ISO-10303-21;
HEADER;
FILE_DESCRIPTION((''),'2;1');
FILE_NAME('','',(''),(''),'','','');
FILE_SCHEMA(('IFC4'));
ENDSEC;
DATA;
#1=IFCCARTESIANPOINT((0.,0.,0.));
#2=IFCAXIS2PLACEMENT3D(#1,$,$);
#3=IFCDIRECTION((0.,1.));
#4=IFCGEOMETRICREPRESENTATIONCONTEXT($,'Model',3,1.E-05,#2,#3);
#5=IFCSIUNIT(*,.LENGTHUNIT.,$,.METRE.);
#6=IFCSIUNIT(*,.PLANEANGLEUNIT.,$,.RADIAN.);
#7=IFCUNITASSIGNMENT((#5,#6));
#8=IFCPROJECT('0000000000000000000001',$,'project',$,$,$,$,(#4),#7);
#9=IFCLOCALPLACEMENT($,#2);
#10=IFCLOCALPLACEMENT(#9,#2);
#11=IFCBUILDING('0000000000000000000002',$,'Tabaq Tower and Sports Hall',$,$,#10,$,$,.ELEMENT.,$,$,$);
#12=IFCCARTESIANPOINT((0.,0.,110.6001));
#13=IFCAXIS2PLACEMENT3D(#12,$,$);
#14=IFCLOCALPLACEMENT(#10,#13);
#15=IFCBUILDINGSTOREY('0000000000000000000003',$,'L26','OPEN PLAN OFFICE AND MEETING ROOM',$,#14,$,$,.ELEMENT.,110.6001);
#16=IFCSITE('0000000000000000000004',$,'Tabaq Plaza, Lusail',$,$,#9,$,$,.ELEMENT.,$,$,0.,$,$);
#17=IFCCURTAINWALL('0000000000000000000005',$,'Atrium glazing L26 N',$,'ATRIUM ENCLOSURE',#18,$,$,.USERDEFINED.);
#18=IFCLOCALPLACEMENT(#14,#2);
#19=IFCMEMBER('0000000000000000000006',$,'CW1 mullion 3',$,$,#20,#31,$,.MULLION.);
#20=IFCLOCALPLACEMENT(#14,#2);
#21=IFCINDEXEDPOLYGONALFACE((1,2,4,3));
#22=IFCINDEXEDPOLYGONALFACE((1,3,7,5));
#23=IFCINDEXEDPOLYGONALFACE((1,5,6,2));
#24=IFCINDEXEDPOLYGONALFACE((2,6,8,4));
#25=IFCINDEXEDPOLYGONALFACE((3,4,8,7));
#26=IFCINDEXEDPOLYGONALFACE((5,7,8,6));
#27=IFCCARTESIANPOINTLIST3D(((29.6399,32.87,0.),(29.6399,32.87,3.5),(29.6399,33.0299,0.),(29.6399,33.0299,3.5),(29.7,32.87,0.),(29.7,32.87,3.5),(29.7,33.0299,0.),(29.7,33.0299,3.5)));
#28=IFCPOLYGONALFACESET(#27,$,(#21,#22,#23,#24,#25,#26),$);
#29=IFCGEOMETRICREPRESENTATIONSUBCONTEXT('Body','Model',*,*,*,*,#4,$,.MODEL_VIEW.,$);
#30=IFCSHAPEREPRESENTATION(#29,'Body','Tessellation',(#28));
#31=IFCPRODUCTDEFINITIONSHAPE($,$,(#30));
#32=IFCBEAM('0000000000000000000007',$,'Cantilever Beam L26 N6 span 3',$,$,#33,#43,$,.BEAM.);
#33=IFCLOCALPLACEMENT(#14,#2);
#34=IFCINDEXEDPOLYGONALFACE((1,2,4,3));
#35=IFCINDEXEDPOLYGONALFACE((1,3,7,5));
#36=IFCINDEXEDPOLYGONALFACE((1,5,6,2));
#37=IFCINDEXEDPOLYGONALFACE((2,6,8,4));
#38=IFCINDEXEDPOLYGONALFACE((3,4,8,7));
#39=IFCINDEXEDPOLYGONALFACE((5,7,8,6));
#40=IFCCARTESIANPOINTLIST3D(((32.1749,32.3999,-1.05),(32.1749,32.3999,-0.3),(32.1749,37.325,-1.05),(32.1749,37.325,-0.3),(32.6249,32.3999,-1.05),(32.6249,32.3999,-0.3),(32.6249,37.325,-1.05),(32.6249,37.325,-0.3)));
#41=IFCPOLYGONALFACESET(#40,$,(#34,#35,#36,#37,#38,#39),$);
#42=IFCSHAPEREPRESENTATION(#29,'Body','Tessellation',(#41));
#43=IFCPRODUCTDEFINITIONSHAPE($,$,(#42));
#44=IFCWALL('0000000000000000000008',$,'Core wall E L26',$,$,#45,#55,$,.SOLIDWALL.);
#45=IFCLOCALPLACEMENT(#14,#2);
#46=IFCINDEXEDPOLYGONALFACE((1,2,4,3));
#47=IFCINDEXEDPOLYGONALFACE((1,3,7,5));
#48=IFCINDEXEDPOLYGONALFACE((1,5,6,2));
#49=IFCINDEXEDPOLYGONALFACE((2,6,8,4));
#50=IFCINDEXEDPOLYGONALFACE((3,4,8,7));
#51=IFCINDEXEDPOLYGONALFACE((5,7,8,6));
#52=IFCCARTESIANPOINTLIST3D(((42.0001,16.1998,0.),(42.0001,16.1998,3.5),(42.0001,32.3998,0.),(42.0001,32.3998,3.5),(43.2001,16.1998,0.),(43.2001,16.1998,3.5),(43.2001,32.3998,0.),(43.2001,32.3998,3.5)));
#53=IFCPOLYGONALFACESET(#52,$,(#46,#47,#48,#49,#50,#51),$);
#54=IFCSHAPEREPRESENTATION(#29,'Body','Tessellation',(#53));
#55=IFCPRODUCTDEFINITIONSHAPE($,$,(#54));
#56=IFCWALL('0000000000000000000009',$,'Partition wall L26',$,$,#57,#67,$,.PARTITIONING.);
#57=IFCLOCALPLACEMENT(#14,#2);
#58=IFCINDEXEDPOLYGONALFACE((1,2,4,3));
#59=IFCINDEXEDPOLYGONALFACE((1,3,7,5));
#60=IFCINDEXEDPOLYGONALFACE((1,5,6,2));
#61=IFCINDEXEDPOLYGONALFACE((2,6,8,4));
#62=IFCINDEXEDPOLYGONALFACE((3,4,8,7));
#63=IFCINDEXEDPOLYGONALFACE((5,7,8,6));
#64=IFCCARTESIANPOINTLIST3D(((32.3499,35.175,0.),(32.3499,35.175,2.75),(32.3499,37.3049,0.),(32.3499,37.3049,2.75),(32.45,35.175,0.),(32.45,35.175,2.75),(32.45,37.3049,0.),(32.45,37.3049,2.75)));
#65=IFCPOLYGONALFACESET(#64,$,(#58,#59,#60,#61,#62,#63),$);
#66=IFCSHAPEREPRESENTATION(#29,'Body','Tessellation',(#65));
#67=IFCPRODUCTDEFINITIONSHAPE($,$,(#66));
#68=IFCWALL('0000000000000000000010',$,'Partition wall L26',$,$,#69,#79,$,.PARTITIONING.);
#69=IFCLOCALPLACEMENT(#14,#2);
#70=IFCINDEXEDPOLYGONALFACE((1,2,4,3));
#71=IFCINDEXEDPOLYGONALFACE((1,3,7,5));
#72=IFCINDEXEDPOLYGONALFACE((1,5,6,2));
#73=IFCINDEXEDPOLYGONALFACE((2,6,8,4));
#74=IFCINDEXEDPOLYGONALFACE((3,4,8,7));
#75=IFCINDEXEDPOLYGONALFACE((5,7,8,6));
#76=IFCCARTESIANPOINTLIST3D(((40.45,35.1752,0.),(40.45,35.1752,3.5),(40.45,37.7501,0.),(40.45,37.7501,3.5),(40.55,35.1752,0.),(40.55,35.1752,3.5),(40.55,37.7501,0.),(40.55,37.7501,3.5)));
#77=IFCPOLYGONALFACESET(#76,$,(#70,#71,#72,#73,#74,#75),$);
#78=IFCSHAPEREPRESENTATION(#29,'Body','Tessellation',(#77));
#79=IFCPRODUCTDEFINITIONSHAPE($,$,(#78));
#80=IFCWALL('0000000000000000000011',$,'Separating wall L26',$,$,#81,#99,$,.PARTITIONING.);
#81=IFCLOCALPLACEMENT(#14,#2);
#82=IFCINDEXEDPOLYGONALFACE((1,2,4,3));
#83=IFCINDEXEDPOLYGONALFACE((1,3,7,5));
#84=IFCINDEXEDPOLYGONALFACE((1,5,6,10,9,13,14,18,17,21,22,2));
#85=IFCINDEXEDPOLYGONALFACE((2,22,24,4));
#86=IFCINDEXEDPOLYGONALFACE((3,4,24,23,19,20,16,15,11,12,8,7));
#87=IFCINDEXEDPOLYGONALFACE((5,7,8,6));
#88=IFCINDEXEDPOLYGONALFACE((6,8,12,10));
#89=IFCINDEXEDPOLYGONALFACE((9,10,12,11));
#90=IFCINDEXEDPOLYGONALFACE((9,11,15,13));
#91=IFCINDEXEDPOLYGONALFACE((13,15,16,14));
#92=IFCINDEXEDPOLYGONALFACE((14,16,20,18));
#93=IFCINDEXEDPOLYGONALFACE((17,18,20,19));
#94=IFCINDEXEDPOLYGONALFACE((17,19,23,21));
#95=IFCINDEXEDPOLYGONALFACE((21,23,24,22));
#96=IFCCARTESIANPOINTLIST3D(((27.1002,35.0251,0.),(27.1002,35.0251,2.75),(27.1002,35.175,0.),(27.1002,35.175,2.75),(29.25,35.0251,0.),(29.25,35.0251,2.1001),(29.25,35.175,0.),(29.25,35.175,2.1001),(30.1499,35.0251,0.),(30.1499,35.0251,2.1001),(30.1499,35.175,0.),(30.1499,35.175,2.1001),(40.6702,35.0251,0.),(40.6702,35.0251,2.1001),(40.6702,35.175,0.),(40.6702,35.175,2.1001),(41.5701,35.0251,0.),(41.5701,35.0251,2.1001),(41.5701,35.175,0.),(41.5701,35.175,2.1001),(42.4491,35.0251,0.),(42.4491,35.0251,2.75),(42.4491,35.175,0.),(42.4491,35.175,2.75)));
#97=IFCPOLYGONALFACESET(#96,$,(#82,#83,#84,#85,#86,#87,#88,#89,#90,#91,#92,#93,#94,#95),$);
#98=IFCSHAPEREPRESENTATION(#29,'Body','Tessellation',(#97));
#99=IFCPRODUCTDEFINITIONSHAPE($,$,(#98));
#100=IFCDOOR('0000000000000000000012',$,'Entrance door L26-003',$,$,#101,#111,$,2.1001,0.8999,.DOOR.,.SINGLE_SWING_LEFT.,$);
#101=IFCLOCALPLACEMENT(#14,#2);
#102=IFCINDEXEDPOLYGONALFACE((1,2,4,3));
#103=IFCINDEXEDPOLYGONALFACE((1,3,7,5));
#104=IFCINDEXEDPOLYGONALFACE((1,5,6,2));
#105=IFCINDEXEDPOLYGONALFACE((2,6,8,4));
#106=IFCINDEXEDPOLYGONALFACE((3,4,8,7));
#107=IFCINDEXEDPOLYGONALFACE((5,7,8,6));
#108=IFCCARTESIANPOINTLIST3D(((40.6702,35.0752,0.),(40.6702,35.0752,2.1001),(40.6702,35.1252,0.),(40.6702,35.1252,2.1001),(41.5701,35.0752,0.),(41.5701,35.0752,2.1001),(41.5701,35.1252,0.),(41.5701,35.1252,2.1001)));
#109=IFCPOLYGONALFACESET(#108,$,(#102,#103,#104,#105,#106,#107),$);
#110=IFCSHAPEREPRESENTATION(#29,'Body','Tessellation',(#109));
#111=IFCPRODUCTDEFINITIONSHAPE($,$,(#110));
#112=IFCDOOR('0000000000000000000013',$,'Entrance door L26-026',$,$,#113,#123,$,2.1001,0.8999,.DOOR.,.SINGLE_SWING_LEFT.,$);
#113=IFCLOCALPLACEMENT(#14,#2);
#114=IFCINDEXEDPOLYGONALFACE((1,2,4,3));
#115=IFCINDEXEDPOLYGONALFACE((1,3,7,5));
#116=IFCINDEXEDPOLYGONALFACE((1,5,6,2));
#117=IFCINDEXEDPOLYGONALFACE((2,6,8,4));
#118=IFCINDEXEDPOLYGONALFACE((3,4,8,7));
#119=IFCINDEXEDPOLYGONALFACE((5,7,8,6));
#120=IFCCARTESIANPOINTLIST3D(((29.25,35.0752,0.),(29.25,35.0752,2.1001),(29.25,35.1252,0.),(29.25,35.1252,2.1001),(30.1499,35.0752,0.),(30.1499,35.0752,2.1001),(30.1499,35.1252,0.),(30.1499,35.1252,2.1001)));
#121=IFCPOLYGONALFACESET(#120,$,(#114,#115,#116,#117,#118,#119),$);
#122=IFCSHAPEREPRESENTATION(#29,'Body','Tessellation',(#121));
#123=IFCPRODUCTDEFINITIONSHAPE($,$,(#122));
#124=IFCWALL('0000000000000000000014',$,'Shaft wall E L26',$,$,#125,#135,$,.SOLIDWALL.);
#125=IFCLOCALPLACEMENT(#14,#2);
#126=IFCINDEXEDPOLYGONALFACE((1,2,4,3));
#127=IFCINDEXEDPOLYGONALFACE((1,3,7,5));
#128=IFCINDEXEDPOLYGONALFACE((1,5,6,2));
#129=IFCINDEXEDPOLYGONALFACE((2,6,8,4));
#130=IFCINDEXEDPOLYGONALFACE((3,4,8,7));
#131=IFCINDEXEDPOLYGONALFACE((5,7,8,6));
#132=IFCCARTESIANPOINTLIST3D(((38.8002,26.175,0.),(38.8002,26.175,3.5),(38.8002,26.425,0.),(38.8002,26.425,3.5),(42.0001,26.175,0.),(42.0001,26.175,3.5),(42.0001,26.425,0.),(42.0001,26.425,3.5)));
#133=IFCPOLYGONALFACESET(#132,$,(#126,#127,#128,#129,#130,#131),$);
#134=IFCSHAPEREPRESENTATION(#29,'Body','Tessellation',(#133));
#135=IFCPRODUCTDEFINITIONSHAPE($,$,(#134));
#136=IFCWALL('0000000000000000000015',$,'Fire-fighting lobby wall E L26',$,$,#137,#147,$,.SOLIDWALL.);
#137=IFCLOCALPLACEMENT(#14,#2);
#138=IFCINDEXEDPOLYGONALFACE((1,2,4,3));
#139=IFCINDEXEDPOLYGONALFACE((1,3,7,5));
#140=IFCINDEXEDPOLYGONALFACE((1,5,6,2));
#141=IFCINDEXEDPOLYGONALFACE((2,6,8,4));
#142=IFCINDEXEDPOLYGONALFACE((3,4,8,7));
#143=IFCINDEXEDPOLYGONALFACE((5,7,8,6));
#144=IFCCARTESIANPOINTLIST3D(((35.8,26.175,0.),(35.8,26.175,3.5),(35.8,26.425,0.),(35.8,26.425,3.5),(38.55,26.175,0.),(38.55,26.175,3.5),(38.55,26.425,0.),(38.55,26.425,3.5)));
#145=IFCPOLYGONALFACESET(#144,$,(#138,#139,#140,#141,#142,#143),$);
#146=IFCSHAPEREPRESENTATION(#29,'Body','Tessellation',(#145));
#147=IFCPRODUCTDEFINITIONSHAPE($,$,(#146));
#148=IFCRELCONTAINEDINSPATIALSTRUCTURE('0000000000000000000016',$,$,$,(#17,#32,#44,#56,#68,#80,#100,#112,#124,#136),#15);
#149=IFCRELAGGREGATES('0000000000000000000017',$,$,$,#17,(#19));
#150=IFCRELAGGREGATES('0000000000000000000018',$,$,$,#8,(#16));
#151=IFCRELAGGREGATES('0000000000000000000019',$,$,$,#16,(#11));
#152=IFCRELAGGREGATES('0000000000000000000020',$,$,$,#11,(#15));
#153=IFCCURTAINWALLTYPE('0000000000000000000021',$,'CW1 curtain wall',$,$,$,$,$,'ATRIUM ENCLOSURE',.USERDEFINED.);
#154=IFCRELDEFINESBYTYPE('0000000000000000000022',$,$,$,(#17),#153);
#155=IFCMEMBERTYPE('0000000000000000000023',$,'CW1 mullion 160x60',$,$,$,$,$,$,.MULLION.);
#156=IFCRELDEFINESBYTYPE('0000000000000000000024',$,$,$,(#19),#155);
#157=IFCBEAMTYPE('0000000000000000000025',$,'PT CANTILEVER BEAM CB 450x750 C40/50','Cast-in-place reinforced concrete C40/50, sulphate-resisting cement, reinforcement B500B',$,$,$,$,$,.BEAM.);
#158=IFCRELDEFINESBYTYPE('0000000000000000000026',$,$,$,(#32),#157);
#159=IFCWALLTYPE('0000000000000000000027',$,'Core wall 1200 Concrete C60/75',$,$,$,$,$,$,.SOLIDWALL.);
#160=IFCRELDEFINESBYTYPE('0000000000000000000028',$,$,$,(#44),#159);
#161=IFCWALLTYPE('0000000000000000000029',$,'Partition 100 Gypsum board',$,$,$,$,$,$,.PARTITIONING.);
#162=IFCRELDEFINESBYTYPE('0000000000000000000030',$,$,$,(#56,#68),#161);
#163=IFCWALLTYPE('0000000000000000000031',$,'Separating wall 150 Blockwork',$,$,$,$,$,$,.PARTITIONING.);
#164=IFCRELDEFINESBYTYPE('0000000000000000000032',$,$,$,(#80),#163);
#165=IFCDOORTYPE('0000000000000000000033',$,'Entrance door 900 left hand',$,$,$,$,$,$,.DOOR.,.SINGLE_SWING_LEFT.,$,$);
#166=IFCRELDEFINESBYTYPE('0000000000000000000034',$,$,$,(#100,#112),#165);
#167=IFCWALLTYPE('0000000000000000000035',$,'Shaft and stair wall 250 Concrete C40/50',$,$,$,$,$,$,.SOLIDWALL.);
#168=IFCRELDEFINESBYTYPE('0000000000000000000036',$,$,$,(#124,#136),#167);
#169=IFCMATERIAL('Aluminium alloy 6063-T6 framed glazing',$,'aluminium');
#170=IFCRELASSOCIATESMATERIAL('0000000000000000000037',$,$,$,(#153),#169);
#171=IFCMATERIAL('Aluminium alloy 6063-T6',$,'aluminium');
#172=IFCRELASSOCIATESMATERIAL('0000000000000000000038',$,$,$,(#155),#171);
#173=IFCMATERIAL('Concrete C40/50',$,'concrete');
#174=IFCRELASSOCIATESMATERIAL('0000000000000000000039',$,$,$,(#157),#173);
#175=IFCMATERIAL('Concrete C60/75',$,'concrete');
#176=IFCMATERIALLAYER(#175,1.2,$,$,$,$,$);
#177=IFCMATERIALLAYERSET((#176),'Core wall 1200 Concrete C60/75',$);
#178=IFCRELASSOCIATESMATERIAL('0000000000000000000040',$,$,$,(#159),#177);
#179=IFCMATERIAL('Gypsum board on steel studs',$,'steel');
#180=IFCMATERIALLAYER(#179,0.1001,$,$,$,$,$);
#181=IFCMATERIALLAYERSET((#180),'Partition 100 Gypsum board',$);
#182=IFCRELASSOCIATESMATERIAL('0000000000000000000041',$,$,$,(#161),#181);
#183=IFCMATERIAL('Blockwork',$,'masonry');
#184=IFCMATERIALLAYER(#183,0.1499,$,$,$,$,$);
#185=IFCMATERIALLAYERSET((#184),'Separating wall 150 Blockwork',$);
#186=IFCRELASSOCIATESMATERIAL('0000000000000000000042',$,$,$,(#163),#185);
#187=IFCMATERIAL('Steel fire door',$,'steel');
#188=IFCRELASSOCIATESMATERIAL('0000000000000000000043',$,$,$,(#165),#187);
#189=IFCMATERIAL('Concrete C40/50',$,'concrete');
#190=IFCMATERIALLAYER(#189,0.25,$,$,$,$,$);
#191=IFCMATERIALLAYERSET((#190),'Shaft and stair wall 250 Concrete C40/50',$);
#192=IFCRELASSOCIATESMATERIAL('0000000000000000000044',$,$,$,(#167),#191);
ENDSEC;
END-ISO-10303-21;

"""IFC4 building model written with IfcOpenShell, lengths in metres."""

from ifc_helpers import new_model, si_unit, direction, frame, frame_2d, origin, origin_2d, place, context, subcontext, project, spatial, rectangle, extrude, material, layer, layer_set, material_profile, profile_set, type_object, element, fill, aggregate, save


model = new_model("IFC4")

# Units and contexts
model_context = context("Model", 3, precision=1e-05, world=origin(), true_north=direction((0.0, 1.0)))
body_context = subcontext(model_context, "Body", "Model", "MODEL_VIEW")
ifc_project = project(units=[si_unit("LENGTHUNIT", "METRE"), si_unit("PLANEANGLEUNIT", "RADIAN")], contexts=[model_context])

# Site, building, storey
site_placement = place(None, origin())
site = spatial("IfcSite", under=ifc_project, at=site_placement, Name="Tabaq Plaza, Lusail", CompositionType="ELEMENT", RefElevation=0.0)
building_placement = place(site_placement, origin())
building = spatial("IfcBuilding", under=site, at=building_placement, Name="Tabaq Tower and Sports Hall", CompositionType="ELEMENT")
storey_placement = place(building_placement, frame((0.0, 0.0, 110.6001)))
storey = spatial("IfcBuildingStorey", under=building, at=storey_placement, Name="L26", Description="OPEN PLAN OFFICE AND MEETING ROOM", CompositionType="ELEMENT", Elevation=110.6001)

# Curtain wall, member
ifc_material_1 = material(Name="Aluminium alloy 6063-T6 framed glazing", Category="aluminium")
curtain_wall_type = type_object("IfcCurtainWallType", Name="CW1 curtain wall", ElementType="ATRIUM ENCLOSURE", PredefinedType="USERDEFINED", material=ifc_material_1)
curtain_wall_placement = place(storey_placement, origin())
curtain_wall = element("IfcCurtainWall", 1, at=curtain_wall_placement, inside=storey, type_object=curtain_wall_type, Name="Atrium glazing L26 N", ObjectType="ATRIUM ENCLOSURE", PredefinedType="USERDEFINED")
ifc_material_2 = material(Name="Aluminium alloy 6063-T6", Category="aluminium")
ifc_material_profile_1 = material_profile(ifc_material_2, rectangle(XDim=0.1599, YDim=0.0601, at=origin_2d()), Name="MULLION 160x60")
ifc_profile_set_1 = profile_set([ifc_material_profile_1], Name="Aluminium alloy 6063-T6")
member_type = type_object("IfcMemberType", Name="CW1 mullion 160x60", PredefinedType="MULLION", material=ifc_profile_set_1)
member_placement = place(storey_placement, frame((29.6699, 32.95, 0.0), z_axis=(0.0, 0.0, 1.0), x_axis=(0.0, 1.0, 0.0)))
member = element("IfcMember", 2, at=member_placement, type_object=member_type, Name="CW1 mullion 3", PredefinedType="MULLION", context=body_context, shape_type="SweptSolid", body=[
    extrude(rectangle(XDim=0.1599, YDim=0.0601, at=origin_2d()), origin(), (0.0, 0.0, 1.0), 3.5),
])
aggregate(curtain_wall, [member])

# Beam
ifc_material_3 = material(Name="Concrete C40/50", Category="concrete")
ifc_material_profile_2 = material_profile(ifc_material_3, rectangle(XDim=0.45, YDim=0.75, at=origin_2d()), Name="CB 450x750")
ifc_profile_set_2 = profile_set([ifc_material_profile_2], Name="Concrete C40/50")
beam_type = type_object("IfcBeamType", Name="PT CANTILEVER BEAM CB 450x750 C40/50", Description="Cast-in-place reinforced concrete C40/50, sulphate-resisting cement, reinforcement B500B", PredefinedType="BEAM", material=ifc_profile_set_2)
beam_placement = place(storey_placement, frame((32.3999, 37.325, -0.675), z_axis=(0.0, -1.0, 0.0), x_axis=(1.0, 0.0, 0.0)))
element("IfcBeam", 3, at=beam_placement, inside=storey, type_object=beam_type, Name="Cantilever Beam L26 N6 span 3", PredefinedType="BEAM", context=body_context, shape_type="SweptSolid", body=[
    extrude(rectangle(XDim=0.45, YDim=0.75, at=origin_2d()), origin(), (0.0, 0.0, 1.0), 4.925),
])

# Wall
ifc_material_4 = material(Name="Concrete C60/75", Category="concrete")
ifc_layer_1 = layer(ifc_material_4, 1.2)
ifc_layer_set_1 = layer_set([ifc_layer_1], Name="Core wall 1200 Concrete C60/75")
wall_type_1 = type_object("IfcWallType", Name="Core wall 1200 Concrete C60/75", PredefinedType="SOLIDWALL", material=ifc_layer_set_1)
wall_1_placement = place(storey_placement, frame((42.6001, 32.3999, 0.0), z_axis=(0.0, 0.0, 1.0), x_axis=(0.0, -1.0, 0.0)))
element("IfcWall", 4, at=wall_1_placement, inside=storey, type_object=wall_type_1, Name="Core wall E L26", PredefinedType="SOLIDWALL", context=body_context, shape_type="SweptSolid", body=[
    extrude(rectangle(XDim=16.2, YDim=1.2, at=frame_2d((8.1001, 0.0))), origin(), (0.0, 0.0, 1.0), 3.5),
])

# Walls
ifc_material_5 = material(Name="Gypsum board on steel studs", Category="steel")
ifc_layer_2 = layer(ifc_material_5, 0.1001)
ifc_layer_set_2 = layer_set([ifc_layer_2], Name="Partition 100 Gypsum board")
wall_type_2 = type_object("IfcWallType", Name="Partition 100 Gypsum board", PredefinedType="PARTITIONING", material=ifc_layer_set_2)
wall_2_placement = place(storey_placement, frame((32.3999, 35.175, 0.0), z_axis=(0.0, 0.0, 1.0), x_axis=(0.0, 1.0, 0.0)))
element("IfcWall", 5, at=wall_2_placement, inside=storey, type_object=wall_type_2, Name="Partition wall L26", PredefinedType="PARTITIONING", context=body_context, shape_type="SweptSolid", body=[
    extrude(rectangle(XDim=2.1299, YDim=0.1001, at=frame_2d((1.0649, 0.0))), origin(), (0.0, 0.0, 1.0), 2.75),
])
wall_3_placement = place(storey_placement, frame((40.5, 35.175, 0.0), z_axis=(0.0, 0.0, 1.0), x_axis=(0.0, 1.0, 0.0)))
element("IfcWall", 6, at=wall_3_placement, inside=storey, type_object=wall_type_2, Name="Partition wall L26", PredefinedType="PARTITIONING", context=body_context, shape_type="SweptSolid", body=[
    extrude(rectangle(XDim=2.575, YDim=0.1001, at=frame_2d((1.2876, 0.0))), origin(), (0.0, 0.0, 1.0), 3.5),
])

# Wall, openings, doors
ifc_material_6 = material(Name="Blockwork", Category="masonry")
ifc_layer_3 = layer(ifc_material_6, 0.1499)
ifc_layer_set_3 = layer_set([ifc_layer_3], Name="Separating wall 150 Blockwork")
wall_type_3 = type_object("IfcWallType", Name="Separating wall 150 Blockwork", PredefinedType="PARTITIONING", material=ifc_layer_set_3)
wall_4_placement = place(storey_placement, frame((42.449, 35.1001, 0.0), z_axis=(0.0, 0.0, 1.0), x_axis=(-1.0, 0.0, 0.0)))
wall_4 = element("IfcWall", 7, at=wall_4_placement, inside=storey, type_object=wall_type_3, Name="Separating wall L26", PredefinedType="PARTITIONING", context=body_context, shape_type="SweptSolid", body=[
    extrude(rectangle(XDim=15.3489, YDim=0.1499, at=frame_2d((7.6743, 0.0))), origin(), (0.0, 0.0, 1.0), 2.75),
])
opening_1_placement = place(wall_4_placement, frame((0.8789, 0.0, 0.0)))
opening_1 = element("IfcOpeningElement", 8, at=opening_1_placement, cuts=wall_4, PredefinedType="OPENING", context=body_context, shape_type="SweptSolid", body=[
    extrude(rectangle(XDim=0.8999, YDim=2.1001, at=frame_2d((0.45, 1.05))), frame((0.0, 0.075, 0.0), z_axis=(0.0, -1.0, 0.0), x_axis=(1.0, 0.0, 0.0)), (0.0, 0.0, 1.0), 0.1499),
])
opening_2_placement = place(wall_4_placement, frame((12.2991, 0.0, 0.0)))
opening_2 = element("IfcOpeningElement", 9, at=opening_2_placement, cuts=wall_4, PredefinedType="OPENING", context=body_context, shape_type="SweptSolid", body=[
    extrude(rectangle(XDim=0.8999, YDim=2.1001, at=frame_2d((0.45, 1.05))), frame((0.0, 0.075, 0.0), z_axis=(0.0, -1.0, 0.0), x_axis=(1.0, 0.0, 0.0)), (0.0, 0.0, 1.0), 0.1499),
])
ifc_material_7 = material(Name="Steel fire door", Category="steel")
door_type_1 = type_object("IfcDoorType", Name="Entrance door 900 left hand", OperationType="SINGLE_SWING_LEFT", PredefinedType="DOOR", material=ifc_material_7)
door_1_placement = place(opening_1_placement, origin())
door_1 = element("IfcDoor", 10, at=door_1_placement, inside=storey, type_object=door_type_1, Name="Entrance door L26-003", OperationType="SINGLE_SWING_LEFT", OverallHeight=2.1001, OverallWidth=0.8999, PredefinedType="DOOR", context=body_context, shape_type="SweptSolid", body=[
    extrude(rectangle(XDim=0.8999, YDim=2.1001, at=frame_2d((0.45, 1.05))), frame((0.0, 0.0249, 0.0), z_axis=(0.0, -1.0, 0.0), x_axis=(1.0, 0.0, 0.0)), (0.0, 0.0, 1.0), 0.05),
])
fill(opening_1, door_1)
door_2_placement = place(opening_2_placement, origin())
door_2 = element("IfcDoor", 11, at=door_2_placement, inside=storey, type_object=door_type_1, Name="Entrance door L26-026", OperationType="SINGLE_SWING_LEFT", OverallHeight=2.1001, OverallWidth=0.8999, PredefinedType="DOOR", context=body_context, shape_type="SweptSolid", body=[
    extrude(rectangle(XDim=0.8999, YDim=2.1001, at=frame_2d((0.45, 1.05))), frame((0.0, 0.0249, 0.0), z_axis=(0.0, -1.0, 0.0), x_axis=(1.0, 0.0, 0.0)), (0.0, 0.0, 1.0), 0.05),
])
fill(opening_2, door_2)

# Walls
ifc_material_8 = material(Name="Concrete C40/50", Category="concrete")
ifc_layer_4 = layer(ifc_material_8, 0.25)
ifc_layer_set_4 = layer_set([ifc_layer_4], Name="Shaft and stair wall 250 Concrete C40/50")
wall_type_4 = type_object("IfcWallType", Name="Shaft and stair wall 250 Concrete C40/50", PredefinedType="SOLIDWALL", material=ifc_layer_set_4)
wall_5_placement = place(storey_placement, frame((38.8, 26.3, 0.0), z_axis=(0.0, 0.0, 1.0), x_axis=(1.0, 0.0, 0.0)))
element("IfcWall", 12, at=wall_5_placement, inside=storey, type_object=wall_type_4, Name="Shaft wall E L26", PredefinedType="SOLIDWALL", context=body_context, shape_type="SweptSolid", body=[
    extrude(rectangle(XDim=3.2, YDim=0.25, at=frame_2d((1.6001, 0.0))), origin(), (0.0, 0.0, 1.0), 3.5),
])
wall_6_placement = place(storey_placement, frame((35.8, 26.3, 0.0), z_axis=(0.0, 0.0, 1.0), x_axis=(1.0, 0.0, 0.0)))
element("IfcWall", 13, at=wall_6_placement, inside=storey, type_object=wall_type_4, Name="Fire-fighting lobby wall E L26", PredefinedType="SOLIDWALL", context=body_context, shape_type="SweptSolid", body=[
    extrude(rectangle(XDim=2.75, YDim=0.25, at=frame_2d((1.375, 0.0))), origin(), (0.0, 0.0, 1.0), 3.5),
])

save(model, "model.ifc")
